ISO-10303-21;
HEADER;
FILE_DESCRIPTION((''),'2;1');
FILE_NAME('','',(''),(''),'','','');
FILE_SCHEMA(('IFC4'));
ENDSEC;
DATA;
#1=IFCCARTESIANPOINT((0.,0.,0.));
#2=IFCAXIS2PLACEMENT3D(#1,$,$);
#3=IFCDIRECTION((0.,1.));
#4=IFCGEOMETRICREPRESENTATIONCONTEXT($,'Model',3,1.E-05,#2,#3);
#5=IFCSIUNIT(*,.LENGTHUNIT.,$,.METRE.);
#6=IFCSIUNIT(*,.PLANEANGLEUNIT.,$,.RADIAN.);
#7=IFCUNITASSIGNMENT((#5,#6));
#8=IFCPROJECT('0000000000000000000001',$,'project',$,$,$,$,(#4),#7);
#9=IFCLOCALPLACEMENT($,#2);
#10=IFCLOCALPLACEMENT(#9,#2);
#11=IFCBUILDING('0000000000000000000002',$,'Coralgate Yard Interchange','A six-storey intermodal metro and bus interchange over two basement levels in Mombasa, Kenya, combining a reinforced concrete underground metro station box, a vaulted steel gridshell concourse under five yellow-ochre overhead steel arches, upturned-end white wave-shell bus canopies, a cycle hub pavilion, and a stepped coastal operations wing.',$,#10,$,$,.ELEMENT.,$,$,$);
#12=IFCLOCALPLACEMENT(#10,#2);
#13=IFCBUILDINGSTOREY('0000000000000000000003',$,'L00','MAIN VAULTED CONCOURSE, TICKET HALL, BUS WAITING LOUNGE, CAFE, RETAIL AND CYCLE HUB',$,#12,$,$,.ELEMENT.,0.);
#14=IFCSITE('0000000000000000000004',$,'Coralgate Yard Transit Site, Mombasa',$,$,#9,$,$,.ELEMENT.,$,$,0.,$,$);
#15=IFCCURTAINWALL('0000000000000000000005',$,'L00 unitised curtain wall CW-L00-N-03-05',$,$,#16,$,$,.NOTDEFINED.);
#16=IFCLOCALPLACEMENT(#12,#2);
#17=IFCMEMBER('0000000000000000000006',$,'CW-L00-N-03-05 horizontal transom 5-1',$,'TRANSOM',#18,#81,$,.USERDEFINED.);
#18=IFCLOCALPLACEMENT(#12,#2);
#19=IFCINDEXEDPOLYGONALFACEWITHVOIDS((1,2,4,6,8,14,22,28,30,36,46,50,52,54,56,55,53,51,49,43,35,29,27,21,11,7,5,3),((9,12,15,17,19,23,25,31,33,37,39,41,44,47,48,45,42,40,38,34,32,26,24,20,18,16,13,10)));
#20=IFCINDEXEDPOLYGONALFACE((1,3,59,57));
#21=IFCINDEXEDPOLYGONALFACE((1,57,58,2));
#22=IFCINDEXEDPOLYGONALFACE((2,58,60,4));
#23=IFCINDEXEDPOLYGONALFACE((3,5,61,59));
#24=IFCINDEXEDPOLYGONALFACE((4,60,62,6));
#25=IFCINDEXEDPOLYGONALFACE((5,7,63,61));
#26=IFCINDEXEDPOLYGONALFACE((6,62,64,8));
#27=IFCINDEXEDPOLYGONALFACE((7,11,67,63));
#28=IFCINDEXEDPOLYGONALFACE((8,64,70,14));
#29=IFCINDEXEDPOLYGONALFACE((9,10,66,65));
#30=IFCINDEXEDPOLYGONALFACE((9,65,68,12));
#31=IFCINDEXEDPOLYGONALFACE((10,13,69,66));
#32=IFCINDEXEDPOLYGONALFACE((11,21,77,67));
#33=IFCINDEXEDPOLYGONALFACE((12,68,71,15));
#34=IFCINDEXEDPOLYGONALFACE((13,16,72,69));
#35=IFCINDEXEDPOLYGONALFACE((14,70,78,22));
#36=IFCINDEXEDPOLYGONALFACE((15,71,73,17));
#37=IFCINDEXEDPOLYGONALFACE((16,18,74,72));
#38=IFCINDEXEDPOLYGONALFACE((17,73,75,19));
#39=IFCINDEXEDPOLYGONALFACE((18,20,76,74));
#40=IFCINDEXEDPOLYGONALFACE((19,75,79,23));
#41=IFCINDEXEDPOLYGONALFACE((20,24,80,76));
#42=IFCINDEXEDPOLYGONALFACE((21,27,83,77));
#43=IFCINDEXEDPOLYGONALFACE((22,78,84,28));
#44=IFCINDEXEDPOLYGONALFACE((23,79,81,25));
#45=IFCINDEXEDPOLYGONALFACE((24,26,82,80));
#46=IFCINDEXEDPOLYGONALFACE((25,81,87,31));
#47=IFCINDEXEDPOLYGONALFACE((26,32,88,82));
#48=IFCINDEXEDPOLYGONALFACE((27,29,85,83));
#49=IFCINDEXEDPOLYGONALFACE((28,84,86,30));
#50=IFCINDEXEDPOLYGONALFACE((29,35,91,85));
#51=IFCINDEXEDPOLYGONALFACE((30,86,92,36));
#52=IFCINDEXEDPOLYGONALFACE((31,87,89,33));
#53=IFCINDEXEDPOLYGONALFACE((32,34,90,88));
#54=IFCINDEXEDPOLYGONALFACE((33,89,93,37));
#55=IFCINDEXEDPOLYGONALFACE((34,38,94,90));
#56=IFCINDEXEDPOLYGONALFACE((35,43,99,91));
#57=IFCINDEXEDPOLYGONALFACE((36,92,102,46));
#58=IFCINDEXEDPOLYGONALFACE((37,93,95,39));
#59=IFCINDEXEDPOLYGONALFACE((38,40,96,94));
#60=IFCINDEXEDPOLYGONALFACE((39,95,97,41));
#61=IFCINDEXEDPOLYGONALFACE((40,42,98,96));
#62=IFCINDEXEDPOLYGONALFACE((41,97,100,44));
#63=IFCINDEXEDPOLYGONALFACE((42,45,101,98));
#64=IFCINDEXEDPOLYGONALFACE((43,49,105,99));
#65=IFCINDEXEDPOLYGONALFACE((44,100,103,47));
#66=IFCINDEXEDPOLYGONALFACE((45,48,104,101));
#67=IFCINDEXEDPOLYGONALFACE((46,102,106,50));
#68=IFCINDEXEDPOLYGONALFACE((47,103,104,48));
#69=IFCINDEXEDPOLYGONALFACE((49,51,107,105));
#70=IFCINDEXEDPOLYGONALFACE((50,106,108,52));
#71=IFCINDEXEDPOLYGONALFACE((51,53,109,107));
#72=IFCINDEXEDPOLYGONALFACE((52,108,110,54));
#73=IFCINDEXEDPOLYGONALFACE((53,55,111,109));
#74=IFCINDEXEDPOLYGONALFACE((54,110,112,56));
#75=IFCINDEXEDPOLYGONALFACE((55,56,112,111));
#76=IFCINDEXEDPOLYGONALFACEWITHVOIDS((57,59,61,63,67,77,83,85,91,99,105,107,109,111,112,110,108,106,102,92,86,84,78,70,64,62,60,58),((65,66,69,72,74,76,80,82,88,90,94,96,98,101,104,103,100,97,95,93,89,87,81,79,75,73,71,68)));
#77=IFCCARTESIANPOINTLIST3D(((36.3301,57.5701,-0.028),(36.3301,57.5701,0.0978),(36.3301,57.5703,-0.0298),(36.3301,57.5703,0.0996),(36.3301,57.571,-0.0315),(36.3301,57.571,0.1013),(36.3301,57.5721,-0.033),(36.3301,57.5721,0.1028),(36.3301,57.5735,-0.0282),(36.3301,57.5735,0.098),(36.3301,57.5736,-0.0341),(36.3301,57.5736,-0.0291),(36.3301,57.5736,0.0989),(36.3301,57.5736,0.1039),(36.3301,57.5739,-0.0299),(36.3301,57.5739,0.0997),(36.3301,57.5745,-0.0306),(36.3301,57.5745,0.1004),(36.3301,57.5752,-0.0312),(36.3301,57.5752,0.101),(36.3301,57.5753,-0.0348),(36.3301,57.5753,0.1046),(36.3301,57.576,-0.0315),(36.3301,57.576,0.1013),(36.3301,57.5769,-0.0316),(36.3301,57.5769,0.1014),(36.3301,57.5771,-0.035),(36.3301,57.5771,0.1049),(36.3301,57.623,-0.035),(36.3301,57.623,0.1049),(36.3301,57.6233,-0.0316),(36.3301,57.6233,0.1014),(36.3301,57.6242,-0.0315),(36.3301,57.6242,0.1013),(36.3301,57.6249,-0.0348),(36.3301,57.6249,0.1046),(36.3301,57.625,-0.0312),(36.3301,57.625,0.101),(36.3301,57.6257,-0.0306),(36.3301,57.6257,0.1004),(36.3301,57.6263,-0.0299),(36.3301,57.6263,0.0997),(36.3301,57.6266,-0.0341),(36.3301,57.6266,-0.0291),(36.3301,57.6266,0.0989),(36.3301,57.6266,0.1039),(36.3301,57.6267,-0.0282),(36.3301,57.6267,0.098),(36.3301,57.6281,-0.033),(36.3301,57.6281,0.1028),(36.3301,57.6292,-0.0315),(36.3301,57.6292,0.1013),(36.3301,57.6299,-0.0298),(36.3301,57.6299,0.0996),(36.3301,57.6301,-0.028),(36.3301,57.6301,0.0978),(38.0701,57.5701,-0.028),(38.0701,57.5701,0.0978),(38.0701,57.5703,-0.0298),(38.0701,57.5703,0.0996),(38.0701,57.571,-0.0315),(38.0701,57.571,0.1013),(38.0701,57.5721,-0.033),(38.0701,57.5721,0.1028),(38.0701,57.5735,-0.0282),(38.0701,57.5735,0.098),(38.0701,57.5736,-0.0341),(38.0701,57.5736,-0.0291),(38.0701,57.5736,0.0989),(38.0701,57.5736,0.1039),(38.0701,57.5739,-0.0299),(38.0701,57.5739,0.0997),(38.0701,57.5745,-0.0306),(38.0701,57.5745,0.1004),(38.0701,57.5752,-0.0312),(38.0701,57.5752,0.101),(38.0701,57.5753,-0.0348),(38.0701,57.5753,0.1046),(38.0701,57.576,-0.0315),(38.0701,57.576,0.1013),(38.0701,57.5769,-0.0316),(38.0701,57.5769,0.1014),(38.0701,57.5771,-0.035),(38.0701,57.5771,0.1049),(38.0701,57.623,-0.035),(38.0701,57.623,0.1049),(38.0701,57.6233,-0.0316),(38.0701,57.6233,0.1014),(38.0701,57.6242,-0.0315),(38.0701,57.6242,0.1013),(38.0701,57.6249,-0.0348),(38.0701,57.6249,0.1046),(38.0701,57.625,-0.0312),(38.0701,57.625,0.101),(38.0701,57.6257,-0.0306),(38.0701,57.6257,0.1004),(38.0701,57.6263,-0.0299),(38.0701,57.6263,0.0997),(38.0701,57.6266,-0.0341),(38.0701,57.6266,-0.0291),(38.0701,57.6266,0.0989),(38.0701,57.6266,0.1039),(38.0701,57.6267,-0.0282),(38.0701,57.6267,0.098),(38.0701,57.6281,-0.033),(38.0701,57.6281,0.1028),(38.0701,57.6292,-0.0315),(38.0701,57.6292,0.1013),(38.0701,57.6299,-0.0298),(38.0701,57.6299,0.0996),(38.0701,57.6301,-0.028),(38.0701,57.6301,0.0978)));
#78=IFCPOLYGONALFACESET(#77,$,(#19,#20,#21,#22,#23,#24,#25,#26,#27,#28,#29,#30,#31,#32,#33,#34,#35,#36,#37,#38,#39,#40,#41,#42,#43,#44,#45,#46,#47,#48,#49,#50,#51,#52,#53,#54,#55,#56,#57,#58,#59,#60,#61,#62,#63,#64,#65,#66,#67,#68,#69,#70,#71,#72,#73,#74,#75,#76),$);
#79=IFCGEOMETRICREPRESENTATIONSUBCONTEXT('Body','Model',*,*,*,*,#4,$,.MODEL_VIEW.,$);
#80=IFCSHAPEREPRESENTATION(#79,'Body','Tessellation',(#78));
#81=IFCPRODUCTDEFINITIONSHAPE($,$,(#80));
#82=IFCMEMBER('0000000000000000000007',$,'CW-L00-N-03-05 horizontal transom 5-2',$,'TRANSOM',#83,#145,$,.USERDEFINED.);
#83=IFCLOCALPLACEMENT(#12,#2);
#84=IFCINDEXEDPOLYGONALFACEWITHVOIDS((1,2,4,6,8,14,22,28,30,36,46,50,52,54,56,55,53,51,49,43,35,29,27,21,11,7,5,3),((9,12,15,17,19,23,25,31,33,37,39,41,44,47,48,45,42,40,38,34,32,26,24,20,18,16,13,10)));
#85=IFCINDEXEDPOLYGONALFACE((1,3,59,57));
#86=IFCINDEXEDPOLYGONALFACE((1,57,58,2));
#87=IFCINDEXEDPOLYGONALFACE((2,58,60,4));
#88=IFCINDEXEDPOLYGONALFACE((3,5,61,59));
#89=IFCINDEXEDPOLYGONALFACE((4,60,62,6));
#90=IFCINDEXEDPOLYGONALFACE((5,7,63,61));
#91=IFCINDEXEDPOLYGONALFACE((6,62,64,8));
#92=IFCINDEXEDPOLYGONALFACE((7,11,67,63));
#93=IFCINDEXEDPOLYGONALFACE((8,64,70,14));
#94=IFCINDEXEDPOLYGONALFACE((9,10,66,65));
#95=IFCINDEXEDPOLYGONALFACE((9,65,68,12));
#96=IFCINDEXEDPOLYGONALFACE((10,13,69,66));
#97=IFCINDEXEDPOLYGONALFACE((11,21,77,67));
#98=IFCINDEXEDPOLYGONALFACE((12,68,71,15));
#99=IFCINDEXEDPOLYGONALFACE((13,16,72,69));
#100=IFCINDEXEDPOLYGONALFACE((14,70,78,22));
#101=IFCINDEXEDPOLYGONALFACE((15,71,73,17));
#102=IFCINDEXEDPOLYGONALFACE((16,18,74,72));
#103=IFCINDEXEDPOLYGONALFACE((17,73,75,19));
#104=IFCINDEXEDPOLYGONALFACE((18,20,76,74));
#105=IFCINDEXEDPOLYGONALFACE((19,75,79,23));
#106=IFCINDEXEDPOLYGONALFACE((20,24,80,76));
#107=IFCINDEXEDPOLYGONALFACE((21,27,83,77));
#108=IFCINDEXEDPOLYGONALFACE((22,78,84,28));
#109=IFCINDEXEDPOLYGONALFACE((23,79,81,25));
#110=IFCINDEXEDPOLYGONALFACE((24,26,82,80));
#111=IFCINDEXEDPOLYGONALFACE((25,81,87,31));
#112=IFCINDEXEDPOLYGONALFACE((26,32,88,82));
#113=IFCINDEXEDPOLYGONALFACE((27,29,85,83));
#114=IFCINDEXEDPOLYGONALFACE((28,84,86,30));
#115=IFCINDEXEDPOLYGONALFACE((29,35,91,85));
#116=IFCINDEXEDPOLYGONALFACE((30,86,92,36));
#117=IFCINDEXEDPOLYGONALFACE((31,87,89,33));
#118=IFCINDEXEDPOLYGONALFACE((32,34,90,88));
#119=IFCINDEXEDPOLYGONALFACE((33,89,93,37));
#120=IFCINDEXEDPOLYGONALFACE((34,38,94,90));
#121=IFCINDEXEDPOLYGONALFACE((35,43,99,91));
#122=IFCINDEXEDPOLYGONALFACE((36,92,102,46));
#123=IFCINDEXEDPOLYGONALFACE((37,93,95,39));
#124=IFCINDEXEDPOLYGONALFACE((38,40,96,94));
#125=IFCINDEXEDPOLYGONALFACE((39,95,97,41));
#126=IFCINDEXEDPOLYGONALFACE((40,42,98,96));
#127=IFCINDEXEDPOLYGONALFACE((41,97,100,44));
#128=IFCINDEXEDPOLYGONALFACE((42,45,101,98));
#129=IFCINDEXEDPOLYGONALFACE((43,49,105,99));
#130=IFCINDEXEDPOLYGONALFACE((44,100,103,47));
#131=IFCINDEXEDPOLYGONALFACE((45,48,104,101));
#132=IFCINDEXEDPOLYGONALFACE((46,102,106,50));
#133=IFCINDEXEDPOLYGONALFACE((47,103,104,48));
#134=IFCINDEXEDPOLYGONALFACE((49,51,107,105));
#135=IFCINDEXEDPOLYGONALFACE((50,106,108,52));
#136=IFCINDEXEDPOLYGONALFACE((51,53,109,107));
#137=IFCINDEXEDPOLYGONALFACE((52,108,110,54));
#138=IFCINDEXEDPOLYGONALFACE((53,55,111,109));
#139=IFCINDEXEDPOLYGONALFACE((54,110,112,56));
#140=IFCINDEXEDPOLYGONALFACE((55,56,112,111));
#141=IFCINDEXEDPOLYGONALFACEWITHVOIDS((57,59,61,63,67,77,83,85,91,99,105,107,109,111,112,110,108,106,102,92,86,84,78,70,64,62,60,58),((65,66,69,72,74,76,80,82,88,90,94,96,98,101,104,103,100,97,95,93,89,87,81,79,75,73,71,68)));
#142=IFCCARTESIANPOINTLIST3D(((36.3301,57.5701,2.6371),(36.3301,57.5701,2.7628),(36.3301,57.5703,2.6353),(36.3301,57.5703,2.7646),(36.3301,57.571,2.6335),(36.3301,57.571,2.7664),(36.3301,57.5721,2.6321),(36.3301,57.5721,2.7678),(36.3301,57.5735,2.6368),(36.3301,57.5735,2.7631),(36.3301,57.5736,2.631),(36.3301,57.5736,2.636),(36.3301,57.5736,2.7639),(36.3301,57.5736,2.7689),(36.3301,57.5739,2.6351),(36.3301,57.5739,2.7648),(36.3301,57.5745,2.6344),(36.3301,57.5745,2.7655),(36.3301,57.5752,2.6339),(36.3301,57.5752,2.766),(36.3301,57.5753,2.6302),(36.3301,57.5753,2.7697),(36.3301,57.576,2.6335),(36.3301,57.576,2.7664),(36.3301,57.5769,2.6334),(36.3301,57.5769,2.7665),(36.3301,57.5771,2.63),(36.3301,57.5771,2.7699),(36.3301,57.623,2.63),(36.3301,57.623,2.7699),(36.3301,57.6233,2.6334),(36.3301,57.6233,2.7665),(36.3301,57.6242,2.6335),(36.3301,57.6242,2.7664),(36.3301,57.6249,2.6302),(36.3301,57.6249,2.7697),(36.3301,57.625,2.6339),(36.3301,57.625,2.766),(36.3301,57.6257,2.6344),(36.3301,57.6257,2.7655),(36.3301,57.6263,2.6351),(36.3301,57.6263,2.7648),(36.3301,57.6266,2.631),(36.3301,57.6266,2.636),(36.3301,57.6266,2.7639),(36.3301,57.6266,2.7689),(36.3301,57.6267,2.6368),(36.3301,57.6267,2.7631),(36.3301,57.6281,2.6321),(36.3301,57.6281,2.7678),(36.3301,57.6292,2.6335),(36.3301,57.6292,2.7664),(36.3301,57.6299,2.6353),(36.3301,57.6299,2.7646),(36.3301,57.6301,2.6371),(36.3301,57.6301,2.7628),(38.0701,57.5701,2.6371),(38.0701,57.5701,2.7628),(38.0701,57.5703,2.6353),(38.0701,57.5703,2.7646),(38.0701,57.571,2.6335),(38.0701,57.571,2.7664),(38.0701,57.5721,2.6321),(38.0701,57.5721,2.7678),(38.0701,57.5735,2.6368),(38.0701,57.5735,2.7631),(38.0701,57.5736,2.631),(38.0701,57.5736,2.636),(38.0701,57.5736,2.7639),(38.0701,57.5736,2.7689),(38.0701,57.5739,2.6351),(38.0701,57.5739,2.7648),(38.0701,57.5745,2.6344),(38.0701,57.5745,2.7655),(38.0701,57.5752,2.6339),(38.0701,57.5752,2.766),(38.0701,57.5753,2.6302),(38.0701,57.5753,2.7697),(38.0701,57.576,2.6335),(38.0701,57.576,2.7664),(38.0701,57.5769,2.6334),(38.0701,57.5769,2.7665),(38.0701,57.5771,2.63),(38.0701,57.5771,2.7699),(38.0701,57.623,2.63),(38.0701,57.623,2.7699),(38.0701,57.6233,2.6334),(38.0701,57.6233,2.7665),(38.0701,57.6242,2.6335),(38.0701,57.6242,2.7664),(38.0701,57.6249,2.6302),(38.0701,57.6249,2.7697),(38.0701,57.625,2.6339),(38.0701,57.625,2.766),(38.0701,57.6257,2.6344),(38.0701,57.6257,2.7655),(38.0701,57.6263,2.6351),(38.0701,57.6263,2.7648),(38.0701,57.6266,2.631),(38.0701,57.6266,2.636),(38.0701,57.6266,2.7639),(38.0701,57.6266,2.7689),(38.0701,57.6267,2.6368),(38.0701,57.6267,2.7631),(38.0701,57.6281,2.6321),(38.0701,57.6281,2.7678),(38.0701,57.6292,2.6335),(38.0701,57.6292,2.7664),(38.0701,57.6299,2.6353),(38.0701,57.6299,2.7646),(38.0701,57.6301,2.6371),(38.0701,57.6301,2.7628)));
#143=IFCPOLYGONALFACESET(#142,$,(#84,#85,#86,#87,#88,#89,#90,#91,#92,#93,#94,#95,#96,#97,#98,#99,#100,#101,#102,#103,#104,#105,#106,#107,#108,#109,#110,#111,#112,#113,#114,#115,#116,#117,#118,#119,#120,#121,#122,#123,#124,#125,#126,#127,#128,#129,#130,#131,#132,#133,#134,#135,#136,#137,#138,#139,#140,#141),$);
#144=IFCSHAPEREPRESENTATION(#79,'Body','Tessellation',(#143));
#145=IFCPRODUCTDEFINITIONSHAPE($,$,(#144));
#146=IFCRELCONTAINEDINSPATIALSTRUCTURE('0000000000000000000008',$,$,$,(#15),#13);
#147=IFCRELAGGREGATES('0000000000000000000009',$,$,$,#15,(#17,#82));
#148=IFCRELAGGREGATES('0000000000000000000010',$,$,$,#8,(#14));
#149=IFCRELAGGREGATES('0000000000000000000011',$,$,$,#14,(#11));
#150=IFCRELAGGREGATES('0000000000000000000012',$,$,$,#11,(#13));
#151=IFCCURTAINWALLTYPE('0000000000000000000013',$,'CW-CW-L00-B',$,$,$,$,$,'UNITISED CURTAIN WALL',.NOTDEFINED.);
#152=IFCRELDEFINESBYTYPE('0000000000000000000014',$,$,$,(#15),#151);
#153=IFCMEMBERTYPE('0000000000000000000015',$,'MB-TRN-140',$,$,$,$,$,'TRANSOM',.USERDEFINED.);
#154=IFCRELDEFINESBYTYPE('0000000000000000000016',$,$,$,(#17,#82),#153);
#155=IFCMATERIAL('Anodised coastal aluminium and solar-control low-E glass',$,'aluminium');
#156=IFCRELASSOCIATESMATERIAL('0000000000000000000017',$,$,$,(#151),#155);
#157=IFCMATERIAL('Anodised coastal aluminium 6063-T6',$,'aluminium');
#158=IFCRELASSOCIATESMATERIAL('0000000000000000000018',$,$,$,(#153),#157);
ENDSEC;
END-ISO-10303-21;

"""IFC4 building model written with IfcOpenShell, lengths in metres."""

from ifc_helpers import new_model, si_unit, direction, frame, origin, origin_2d, place, context, subcontext, project, spatial, hollow_rectangle, extrude, material, material_profile, profile_set, type_object, element, aggregate, save


model = new_model("IFC4")

# Units and contexts
model_context = context("Model", 3, precision=1e-05, world=origin(), true_north=direction((0.0, 1.0)))
body_context = subcontext(model_context, "Body", "Model", "MODEL_VIEW")
ifc_project = project(units=[si_unit("LENGTHUNIT", "METRE"), si_unit("PLANEANGLEUNIT", "RADIAN")], contexts=[model_context])

# Site, building, storey
site_placement = place(None, origin())
site = spatial("IfcSite", under=ifc_project, at=site_placement, Name="Coralgate Yard Transit Site, Mombasa", CompositionType="ELEMENT", RefElevation=0.0)
building_placement = place(site_placement, origin())
building = spatial("IfcBuilding", under=site, at=building_placement, Name="Coralgate Yard Interchange", Description="A six-storey intermodal metro and bus interchange over two basement levels in Mombasa, Kenya, combining a reinforced concrete underground metro station box, a vaulted steel gridshell concourse under five yellow-ochre overhead steel arches, upturned-end white wave-shell bus canopies, a cycle hub pavilion, and a stepped coastal operations wing.", CompositionType="ELEMENT")
storey_placement = place(building_placement, origin())
storey = spatial("IfcBuildingStorey", under=building, at=storey_placement, Name="L00", Description="MAIN VAULTED CONCOURSE, TICKET HALL, BUS WAITING LOUNGE, CAFE, RETAIL AND CYCLE HUB", CompositionType="ELEMENT", Elevation=0.0)

# Curtain wall, members
ifc_material_1 = material(Name="Anodised coastal aluminium and solar-control low-E glass", Category="aluminium")
curtain_wall_type = type_object("IfcCurtainWallType", Name="CW-CW-L00-B", ElementType="UNITISED CURTAIN WALL", PredefinedType="NOTDEFINED", material=ifc_material_1)
curtain_wall_placement = place(storey_placement, origin())
curtain_wall = element("IfcCurtainWall", 1, at=curtain_wall_placement, inside=storey, type_object=curtain_wall_type, Name="L00 unitised curtain wall CW-L00-N-03-05", PredefinedType="NOTDEFINED")
ifc_material_2 = material(Name="Anodised coastal aluminium 6063-T6", Category="aluminium")
ifc_material_profile_1 = material_profile(ifc_material_2, hollow_rectangle(XDim=0.0601, YDim=0.1399, WallThickness=0.0034, InnerFilletRadius=0.0034, OuterFilletRadius=0.0071, at=origin_2d()), Name="ALU 60x140x3.5")
ifc_profile_set_1 = profile_set([ifc_material_profile_1], Name="Anodised coastal aluminium 6063-T6")
member_type_1 = type_object("IfcMemberType", Name="MB-TRN-140", ElementType="TRANSOM", PredefinedType="USERDEFINED", material=ifc_profile_set_1)
member_1_placement = place(storey_placement, frame((36.3301, 57.6001, 0.0349), z_axis=(1.0, 0.0, 0.0), x_axis=(0.0, 1.0, 0.0)))
member_1 = element("IfcMember", 2, at=member_1_placement, type_object=member_type_1, Name="CW-L00-N-03-05 horizontal transom 5-1", ObjectType="TRANSOM", PredefinedType="USERDEFINED", context=body_context, shape_type="SweptSolid", body=[
    extrude(hollow_rectangle(XDim=0.0601, YDim=0.1399, WallThickness=0.0034, InnerFilletRadius=0.0034, OuterFilletRadius=0.0071, at=origin_2d()), origin(), (0.0, 0.0, 1.0), 1.74),
])
member_2_placement = place(storey_placement, frame((36.3301, 57.6001, 2.7), z_axis=(1.0, 0.0, 0.0), x_axis=(0.0, 1.0, 0.0)))
member_2 = element("IfcMember", 3, at=member_2_placement, type_object=member_type_1, Name="CW-L00-N-03-05 horizontal transom 5-2", ObjectType="TRANSOM", PredefinedType="USERDEFINED", context=body_context, shape_type="SweptSolid", body=[
    extrude(hollow_rectangle(XDim=0.0601, YDim=0.1399, WallThickness=0.0034, InnerFilletRadius=0.0034, OuterFilletRadius=0.0071, at=origin_2d()), origin(), (0.0, 0.0, 1.0), 1.74),
])
aggregate(curtain_wall, [member_1, member_2])

save(model, "model.ifc")
